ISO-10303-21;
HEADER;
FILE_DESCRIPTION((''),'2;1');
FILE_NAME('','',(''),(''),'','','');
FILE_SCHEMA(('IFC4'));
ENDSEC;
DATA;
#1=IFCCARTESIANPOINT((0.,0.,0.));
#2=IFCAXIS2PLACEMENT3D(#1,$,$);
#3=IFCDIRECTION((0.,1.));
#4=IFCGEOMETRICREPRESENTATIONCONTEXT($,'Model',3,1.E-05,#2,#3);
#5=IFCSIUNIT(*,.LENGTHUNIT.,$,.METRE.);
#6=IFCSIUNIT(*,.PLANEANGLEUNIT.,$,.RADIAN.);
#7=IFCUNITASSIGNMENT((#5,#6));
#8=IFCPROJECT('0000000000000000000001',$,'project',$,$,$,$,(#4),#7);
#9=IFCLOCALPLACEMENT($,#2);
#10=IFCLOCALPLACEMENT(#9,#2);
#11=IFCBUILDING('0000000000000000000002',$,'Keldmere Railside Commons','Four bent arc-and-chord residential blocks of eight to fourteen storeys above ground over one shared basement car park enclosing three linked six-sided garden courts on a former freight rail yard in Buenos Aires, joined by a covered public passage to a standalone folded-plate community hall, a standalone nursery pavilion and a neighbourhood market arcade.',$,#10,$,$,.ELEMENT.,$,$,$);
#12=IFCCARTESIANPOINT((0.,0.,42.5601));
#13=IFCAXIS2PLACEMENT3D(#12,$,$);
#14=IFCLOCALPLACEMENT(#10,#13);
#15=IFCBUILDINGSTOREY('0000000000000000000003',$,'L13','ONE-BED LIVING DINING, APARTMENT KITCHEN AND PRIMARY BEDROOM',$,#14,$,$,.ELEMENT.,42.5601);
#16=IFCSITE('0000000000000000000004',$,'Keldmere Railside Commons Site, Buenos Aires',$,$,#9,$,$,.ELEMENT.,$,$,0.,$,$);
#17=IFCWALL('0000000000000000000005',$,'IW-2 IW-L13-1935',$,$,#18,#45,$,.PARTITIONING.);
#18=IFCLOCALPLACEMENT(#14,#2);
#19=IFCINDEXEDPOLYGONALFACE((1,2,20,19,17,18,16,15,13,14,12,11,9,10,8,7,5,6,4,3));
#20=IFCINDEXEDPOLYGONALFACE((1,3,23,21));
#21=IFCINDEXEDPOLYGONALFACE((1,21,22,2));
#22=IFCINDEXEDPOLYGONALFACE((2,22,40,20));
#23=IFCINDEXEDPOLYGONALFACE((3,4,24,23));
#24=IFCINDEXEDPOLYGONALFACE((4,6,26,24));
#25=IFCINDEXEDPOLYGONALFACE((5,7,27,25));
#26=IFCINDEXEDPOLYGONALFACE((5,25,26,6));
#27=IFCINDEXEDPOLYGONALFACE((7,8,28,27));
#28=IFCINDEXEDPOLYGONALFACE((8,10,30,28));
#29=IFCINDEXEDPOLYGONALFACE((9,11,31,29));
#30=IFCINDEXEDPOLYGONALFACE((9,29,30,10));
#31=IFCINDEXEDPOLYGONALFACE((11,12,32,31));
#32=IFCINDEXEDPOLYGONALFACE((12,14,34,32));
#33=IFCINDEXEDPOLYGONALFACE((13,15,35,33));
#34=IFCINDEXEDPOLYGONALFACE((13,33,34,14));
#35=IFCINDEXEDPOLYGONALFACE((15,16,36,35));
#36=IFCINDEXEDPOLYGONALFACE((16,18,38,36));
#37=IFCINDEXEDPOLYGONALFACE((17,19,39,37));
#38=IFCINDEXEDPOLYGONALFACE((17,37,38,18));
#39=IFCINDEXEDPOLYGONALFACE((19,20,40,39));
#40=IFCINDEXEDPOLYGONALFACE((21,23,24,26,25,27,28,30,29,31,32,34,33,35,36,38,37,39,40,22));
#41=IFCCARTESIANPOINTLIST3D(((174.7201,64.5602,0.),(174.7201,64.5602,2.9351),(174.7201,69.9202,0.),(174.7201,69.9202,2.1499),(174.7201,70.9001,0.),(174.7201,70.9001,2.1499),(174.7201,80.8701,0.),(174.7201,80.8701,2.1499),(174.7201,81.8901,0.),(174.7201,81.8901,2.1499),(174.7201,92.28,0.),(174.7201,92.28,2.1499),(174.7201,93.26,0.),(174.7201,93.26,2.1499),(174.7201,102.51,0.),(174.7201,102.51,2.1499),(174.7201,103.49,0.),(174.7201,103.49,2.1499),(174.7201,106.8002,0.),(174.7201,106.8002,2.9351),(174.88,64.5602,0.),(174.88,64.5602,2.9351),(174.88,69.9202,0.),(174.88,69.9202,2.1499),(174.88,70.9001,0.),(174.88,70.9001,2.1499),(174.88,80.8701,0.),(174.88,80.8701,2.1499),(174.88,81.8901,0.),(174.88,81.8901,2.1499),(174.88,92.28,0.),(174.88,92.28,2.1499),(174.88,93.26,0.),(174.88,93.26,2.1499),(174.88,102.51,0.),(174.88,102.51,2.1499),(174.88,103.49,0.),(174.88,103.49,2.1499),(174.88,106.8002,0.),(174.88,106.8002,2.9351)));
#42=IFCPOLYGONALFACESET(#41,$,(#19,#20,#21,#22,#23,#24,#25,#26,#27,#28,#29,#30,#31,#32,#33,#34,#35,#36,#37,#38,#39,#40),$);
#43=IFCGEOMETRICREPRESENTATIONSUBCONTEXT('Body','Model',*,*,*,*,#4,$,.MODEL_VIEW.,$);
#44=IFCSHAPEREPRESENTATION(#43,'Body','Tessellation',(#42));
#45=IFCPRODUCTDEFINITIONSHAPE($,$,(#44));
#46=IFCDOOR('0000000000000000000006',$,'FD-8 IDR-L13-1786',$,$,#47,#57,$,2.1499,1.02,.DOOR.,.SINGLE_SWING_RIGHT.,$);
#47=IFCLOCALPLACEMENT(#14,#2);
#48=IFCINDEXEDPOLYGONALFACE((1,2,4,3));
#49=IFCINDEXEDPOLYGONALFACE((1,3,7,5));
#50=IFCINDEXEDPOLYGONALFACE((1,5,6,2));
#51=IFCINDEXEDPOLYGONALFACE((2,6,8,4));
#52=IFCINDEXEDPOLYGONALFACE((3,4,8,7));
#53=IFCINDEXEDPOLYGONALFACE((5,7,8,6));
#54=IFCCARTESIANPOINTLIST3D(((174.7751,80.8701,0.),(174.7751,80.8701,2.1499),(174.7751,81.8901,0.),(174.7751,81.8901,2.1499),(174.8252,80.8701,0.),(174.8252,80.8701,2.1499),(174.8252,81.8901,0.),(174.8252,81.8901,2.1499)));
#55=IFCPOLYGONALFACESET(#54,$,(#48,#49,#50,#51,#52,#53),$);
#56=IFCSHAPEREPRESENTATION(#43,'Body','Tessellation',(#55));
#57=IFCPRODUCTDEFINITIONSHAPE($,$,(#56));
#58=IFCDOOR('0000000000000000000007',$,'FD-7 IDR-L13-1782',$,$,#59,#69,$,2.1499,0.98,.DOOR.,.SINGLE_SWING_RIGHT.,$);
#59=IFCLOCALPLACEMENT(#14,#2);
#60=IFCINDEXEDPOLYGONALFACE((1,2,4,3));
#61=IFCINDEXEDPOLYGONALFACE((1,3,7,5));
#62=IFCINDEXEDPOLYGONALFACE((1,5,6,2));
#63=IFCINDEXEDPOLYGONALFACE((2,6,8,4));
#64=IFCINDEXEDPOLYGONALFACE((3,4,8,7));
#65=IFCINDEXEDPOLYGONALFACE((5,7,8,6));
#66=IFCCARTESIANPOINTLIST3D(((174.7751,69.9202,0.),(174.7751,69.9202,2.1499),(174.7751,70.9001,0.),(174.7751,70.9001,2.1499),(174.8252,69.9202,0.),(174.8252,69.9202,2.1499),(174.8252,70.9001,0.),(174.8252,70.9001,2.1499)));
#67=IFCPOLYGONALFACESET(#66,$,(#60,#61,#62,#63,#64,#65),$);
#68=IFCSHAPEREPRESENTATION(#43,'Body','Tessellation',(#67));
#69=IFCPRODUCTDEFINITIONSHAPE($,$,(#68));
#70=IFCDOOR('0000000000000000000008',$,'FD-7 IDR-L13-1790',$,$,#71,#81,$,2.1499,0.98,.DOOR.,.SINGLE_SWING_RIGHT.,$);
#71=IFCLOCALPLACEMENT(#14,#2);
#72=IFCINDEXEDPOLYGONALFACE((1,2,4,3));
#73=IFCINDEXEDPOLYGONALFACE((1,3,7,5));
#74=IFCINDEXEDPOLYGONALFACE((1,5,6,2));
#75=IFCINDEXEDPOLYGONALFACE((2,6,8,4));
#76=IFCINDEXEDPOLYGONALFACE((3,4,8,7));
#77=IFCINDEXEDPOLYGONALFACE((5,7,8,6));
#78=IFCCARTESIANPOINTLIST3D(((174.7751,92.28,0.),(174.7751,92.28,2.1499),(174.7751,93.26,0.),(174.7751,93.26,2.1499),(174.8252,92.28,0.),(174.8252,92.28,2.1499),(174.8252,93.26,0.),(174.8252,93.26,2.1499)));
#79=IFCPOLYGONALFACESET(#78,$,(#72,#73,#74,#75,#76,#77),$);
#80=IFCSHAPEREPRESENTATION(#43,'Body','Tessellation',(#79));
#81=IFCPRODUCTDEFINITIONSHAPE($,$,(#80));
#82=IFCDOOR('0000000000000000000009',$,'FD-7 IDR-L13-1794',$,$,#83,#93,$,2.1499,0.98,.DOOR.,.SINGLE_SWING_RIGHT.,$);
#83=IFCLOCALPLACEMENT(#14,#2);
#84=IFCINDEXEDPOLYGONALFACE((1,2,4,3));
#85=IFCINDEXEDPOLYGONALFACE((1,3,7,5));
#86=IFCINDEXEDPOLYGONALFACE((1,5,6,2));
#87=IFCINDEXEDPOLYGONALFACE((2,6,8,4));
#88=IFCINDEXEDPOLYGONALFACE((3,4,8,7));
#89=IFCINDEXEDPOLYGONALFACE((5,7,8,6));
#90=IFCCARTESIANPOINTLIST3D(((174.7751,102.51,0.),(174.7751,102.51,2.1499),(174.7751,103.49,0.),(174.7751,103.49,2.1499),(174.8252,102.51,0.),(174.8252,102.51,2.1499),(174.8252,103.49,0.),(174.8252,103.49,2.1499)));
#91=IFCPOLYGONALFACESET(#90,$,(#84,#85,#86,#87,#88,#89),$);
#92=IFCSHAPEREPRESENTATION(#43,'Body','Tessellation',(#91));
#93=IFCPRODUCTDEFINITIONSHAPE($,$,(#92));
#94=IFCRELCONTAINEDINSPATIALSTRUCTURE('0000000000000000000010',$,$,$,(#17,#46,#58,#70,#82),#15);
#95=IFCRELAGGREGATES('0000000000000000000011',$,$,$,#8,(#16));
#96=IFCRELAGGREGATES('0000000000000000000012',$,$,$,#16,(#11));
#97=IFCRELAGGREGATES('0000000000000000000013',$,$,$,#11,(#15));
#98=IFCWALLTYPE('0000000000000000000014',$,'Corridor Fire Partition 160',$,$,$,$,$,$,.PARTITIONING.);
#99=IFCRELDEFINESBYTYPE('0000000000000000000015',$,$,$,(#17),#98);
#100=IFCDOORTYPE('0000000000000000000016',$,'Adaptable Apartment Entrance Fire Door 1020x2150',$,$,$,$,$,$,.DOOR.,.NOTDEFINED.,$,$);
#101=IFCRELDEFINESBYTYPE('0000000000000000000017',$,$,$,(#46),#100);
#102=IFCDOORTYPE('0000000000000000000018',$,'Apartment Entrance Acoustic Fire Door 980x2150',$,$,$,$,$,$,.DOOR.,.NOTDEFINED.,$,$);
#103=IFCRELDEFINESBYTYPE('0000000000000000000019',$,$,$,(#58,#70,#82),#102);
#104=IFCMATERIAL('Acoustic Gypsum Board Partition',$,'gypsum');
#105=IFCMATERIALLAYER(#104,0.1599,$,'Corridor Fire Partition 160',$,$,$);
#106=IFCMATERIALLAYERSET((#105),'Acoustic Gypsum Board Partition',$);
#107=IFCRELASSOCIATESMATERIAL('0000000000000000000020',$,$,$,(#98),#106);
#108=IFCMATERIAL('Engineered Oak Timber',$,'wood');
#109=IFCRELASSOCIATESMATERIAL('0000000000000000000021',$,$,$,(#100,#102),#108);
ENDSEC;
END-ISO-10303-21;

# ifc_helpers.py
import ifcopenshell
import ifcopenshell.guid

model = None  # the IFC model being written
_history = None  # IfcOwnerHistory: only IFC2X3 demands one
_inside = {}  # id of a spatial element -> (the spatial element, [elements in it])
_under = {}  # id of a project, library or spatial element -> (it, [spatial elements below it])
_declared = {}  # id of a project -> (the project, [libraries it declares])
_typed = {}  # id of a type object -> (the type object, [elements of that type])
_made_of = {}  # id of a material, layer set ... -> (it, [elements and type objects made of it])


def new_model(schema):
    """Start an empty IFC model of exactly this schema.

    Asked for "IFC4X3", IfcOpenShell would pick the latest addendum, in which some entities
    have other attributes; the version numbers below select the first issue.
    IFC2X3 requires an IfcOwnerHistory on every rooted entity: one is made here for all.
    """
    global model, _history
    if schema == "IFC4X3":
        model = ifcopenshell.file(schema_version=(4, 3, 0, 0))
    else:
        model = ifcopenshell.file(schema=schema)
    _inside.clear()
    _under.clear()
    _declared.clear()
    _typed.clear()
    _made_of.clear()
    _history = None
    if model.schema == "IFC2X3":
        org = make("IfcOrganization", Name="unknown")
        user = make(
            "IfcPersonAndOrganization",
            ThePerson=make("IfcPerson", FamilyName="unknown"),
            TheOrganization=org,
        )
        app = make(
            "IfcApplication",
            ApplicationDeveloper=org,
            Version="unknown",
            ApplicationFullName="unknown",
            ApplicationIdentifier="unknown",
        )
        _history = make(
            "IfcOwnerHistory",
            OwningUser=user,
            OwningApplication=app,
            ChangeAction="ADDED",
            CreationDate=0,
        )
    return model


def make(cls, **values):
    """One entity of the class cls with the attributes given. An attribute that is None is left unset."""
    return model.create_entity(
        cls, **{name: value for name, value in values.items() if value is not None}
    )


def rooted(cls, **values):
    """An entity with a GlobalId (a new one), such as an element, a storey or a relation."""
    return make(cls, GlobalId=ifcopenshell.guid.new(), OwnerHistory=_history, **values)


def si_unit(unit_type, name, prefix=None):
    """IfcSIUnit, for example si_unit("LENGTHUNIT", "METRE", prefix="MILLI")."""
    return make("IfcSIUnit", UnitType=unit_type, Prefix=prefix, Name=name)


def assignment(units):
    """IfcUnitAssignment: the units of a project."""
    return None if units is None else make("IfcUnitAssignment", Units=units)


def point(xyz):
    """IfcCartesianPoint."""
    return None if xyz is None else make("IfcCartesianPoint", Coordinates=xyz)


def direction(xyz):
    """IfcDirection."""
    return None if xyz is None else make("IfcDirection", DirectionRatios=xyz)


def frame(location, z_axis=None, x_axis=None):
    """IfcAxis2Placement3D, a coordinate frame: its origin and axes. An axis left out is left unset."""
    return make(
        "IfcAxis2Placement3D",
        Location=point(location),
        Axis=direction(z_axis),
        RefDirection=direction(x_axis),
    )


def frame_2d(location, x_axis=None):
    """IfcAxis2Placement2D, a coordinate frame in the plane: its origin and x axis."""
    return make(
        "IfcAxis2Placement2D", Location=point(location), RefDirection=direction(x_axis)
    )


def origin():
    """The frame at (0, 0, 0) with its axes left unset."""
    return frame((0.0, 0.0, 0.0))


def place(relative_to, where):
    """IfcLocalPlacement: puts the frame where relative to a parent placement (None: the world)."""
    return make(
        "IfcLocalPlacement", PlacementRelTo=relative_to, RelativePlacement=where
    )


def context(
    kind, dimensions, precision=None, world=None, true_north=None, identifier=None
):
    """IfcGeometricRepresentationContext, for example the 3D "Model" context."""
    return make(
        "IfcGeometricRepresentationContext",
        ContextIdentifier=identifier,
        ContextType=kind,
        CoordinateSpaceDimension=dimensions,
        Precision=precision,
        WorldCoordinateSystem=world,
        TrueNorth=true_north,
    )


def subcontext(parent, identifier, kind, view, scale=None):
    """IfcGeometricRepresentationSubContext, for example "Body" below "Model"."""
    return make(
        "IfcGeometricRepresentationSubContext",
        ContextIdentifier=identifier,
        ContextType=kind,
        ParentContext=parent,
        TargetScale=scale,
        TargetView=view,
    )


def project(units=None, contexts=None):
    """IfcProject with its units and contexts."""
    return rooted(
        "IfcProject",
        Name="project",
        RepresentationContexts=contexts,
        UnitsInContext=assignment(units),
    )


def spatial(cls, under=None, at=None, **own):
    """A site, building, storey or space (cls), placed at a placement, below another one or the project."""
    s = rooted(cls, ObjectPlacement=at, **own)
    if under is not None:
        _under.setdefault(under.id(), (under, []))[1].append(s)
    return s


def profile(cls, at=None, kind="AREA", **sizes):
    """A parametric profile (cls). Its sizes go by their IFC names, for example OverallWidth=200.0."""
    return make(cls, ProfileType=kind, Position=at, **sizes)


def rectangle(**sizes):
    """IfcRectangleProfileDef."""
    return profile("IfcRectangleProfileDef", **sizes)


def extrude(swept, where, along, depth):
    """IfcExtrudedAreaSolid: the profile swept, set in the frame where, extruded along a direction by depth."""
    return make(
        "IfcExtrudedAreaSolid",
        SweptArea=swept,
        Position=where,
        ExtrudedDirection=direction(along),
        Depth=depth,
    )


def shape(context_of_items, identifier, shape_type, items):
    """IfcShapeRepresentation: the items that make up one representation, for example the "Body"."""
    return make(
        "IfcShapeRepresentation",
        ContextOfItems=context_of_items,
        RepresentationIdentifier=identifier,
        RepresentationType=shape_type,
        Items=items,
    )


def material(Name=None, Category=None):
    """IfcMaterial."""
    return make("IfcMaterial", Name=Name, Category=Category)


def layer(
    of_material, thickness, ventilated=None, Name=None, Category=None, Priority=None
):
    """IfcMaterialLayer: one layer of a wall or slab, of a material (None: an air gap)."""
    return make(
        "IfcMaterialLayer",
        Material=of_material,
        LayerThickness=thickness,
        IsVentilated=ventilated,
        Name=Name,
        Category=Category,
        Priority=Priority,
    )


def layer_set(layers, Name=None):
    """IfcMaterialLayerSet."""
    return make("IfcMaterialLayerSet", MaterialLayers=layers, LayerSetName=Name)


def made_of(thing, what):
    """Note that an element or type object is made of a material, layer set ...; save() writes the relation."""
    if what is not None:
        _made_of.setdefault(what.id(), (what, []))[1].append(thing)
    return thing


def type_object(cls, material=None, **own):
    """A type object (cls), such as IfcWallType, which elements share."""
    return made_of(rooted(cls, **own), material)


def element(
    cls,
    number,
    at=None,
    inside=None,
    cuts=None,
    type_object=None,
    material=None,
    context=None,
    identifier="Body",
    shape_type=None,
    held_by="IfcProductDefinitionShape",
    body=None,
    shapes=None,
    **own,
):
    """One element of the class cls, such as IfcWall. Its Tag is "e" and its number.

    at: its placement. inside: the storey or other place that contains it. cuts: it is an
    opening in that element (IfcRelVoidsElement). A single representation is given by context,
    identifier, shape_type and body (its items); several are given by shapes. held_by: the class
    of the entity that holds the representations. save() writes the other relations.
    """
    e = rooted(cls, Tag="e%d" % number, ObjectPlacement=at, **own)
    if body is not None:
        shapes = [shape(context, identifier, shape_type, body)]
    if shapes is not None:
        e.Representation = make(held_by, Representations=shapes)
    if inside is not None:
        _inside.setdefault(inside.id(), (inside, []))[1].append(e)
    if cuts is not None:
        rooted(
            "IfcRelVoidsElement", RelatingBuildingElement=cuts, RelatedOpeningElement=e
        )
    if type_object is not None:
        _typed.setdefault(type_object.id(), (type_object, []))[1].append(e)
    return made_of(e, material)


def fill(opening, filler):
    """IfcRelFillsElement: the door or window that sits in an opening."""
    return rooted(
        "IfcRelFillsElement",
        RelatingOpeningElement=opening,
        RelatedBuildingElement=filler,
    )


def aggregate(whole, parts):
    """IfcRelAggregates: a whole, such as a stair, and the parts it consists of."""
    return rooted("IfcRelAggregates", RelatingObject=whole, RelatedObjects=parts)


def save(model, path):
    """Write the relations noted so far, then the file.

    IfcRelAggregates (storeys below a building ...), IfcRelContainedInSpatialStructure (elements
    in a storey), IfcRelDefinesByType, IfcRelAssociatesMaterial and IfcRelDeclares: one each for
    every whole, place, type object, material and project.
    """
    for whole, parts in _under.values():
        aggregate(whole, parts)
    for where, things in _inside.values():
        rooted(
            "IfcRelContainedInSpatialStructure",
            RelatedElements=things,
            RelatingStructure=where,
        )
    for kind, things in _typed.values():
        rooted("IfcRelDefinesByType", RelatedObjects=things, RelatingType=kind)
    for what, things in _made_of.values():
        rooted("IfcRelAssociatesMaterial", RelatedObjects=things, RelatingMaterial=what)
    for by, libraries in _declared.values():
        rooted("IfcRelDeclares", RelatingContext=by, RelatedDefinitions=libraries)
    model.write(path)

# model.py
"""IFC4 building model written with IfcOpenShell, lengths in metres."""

from ifc_helpers import new_model, si_unit, direction, frame, frame_2d, origin, place, context, subcontext, project, spatial, rectangle, extrude, material, layer, layer_set, type_object, element, fill, save


model = new_model("IFC4")

# Units and contexts
model_context = context("Model", 3, precision=1e-05, world=origin(), true_north=direction((0.0, 1.0)))
body_context = subcontext(model_context, "Body", "Model", "MODEL_VIEW")
ifc_project = project(units=[si_unit("LENGTHUNIT", "METRE"), si_unit("PLANEANGLEUNIT", "RADIAN")], contexts=[model_context])

# Site, building, storey
site_placement = place(None, origin())
site = spatial("IfcSite", under=ifc_project, at=site_placement, Name="Keldmere Railside Commons Site, Buenos Aires", CompositionType="ELEMENT", RefElevation=0.0)
building_placement = place(site_placement, origin())
building = spatial("IfcBuilding", under=site, at=building_placement, Name="Keldmere Railside Commons", Description="Four bent arc-and-chord residential blocks of eight to fourteen storeys above ground over one shared basement car park enclosing three linked six-sided garden courts on a former freight rail yard in Buenos Aires, joined by a covered public passage to a standalone folded-plate community hall, a standalone nursery pavilion and a neighbourhood market arcade.", CompositionType="ELEMENT")
storey_placement = place(building_placement, frame((0.0, 0.0, 42.5601)))
storey = spatial("IfcBuildingStorey", under=building, at=storey_placement, Name="L13", Description="ONE-BED LIVING DINING, APARTMENT KITCHEN AND PRIMARY BEDROOM", CompositionType="ELEMENT", Elevation=42.5601)

# Shared definitions
ifc_material_1 = material(Name="Acoustic Gypsum Board Partition", Category="gypsum")
ifc_material_2 = material(Name="Engineered Oak Timber", Category="wood")

# Wall, openings, doors
ifc_layer_1 = layer(ifc_material_1, 0.1599, Name="Corridor Fire Partition 160")
ifc_layer_set_1 = layer_set([ifc_layer_1], Name="Acoustic Gypsum Board Partition")
wall_type_1 = type_object("IfcWallType", Name="Corridor Fire Partition 160", PredefinedType="PARTITIONING", material=ifc_layer_set_1)
wall_1_placement = place(storey_placement, frame((174.8, 64.5601, 0.0), z_axis=(0.0, 0.0, 1.0), x_axis=(0.0, 1.0, 0.0)))
wall_1 = element("IfcWall", 1, at=wall_1_placement, inside=storey, type_object=wall_type_1, Name="IW-2 IW-L13-1935", PredefinedType="PARTITIONING", context=body_context, shape_type="SweptSolid", body=[
    extrude(rectangle(XDim=42.24, YDim=0.1599, at=frame_2d((21.1201, 0.0))), origin(), (0.0, 0.0, 1.0), 2.9351),
])
opening_1_placement = place(wall_1_placement, frame((5.3601, 0.0, 0.0)))
opening_1 = element("IfcOpeningElement", 2, at=opening_1_placement, cuts=wall_1, PredefinedType="OPENING", context=body_context, shape_type="SweptSolid", body=[
    extrude(rectangle(XDim=0.98, YDim=2.1499, at=frame_2d((0.49, 1.075))), frame((0.0, 0.0898, 0.0), z_axis=(0.0, -1.0, 0.0), x_axis=(1.0, 0.0, 0.0)), (0.0, 0.0, 1.0), 0.1799),
])
opening_2_placement = place(wall_1_placement, frame((16.3101, 0.0, 0.0)))
opening_2 = element("IfcOpeningElement", 3, at=opening_2_placement, cuts=wall_1, PredefinedType="OPENING", context=body_context, shape_type="SweptSolid", body=[
    extrude(rectangle(XDim=1.02, YDim=2.1499, at=frame_2d((0.51, 1.075))), frame((0.0, 0.0898, 0.0), z_axis=(0.0, -1.0, 0.0), x_axis=(1.0, 0.0, 0.0)), (0.0, 0.0, 1.0), 0.1799),
])
opening_3_placement = place(wall_1_placement, frame((27.72, 0.0, 0.0)))
opening_3 = element("IfcOpeningElement", 4, at=opening_3_placement, cuts=wall_1, PredefinedType="OPENING", context=body_context, shape_type="SweptSolid", body=[
    extrude(rectangle(XDim=0.98, YDim=2.1499, at=frame_2d((0.49, 1.075))), frame((0.0, 0.0898, 0.0), z_axis=(0.0, -1.0, 0.0), x_axis=(1.0, 0.0, 0.0)), (0.0, 0.0, 1.0), 0.1799),
])
opening_4_placement = place(wall_1_placement, frame((37.95, 0.0, 0.0)))
opening_4 = element("IfcOpeningElement", 5, at=opening_4_placement, cuts=wall_1, PredefinedType="OPENING", context=body_context, shape_type="SweptSolid", body=[
    extrude(rectangle(XDim=0.98, YDim=2.1499, at=frame_2d((0.49, 1.075))), frame((0.0, 0.0898, 0.0), z_axis=(0.0, -1.0, 0.0), x_axis=(1.0, 0.0, 0.0)), (0.0, 0.0, 1.0), 0.1799),
])
door_type_1 = type_object("IfcDoorType", Name="Adaptable Apartment Entrance Fire Door 1020x2150", OperationType="NOTDEFINED", PredefinedType="DOOR", material=ifc_material_2)
door_1_placement = place(opening_2_placement, origin())
door_1 = element("IfcDoor", 6, at=door_1_placement, inside=storey, type_object=door_type_1, Name="FD-8 IDR-L13-1786", OperationType="SINGLE_SWING_RIGHT", OverallHeight=2.1499, OverallWidth=1.02, PredefinedType="DOOR", context=body_context, shape_type="SweptSolid", body=[
    extrude(rectangle(XDim=1.02, YDim=2.1499, at=frame_2d((0.51, 1.075))), frame((0.0, 0.0249, 0.0), z_axis=(0.0, -1.0, 0.0), x_axis=(1.0, 0.0, 0.0)), (0.0, 0.0, 1.0), 0.05),
])
fill(opening_2, door_1)
door_type_2 = type_object("IfcDoorType", Name="Apartment Entrance Acoustic Fire Door 980x2150", OperationType="NOTDEFINED", PredefinedType="DOOR", material=ifc_material_2)
door_2_placement = place(opening_1_placement, origin())
door_2 = element("IfcDoor", 7, at=door_2_placement, inside=storey, type_object=door_type_2, Name="FD-7 IDR-L13-1782", OperationType="SINGLE_SWING_RIGHT", OverallHeight=2.1499, OverallWidth=0.98, PredefinedType="DOOR", context=body_context, shape_type="SweptSolid", body=[
    extrude(rectangle(XDim=0.98, YDim=2.1499, at=frame_2d((0.49, 1.075))), frame((0.0, 0.0249, 0.0), z_axis=(0.0, -1.0, 0.0), x_axis=(1.0, 0.0, 0.0)), (0.0, 0.0, 1.0), 0.05),
])
fill(opening_1, door_2)
door_3_placement = place(opening_3_placement, origin())
door_3 = element("IfcDoor", 8, at=door_3_placement, inside=storey, type_object=door_type_2, Name="FD-7 IDR-L13-1790", OperationType="SINGLE_SWING_RIGHT", OverallHeight=2.1499, OverallWidth=0.98, PredefinedType="DOOR", context=body_context, shape_type="SweptSolid", body=[
    extrude(rectangle(XDim=0.98, YDim=2.1499, at=frame_2d((0.49, 1.075))), frame((0.0, 0.0249, 0.0), z_axis=(0.0, -1.0, 0.0), x_axis=(1.0, 0.0, 0.0)), (0.0, 0.0, 1.0), 0.05),
])
fill(opening_3, door_3)
door_4_placement = place(opening_4_placement, origin())
door_4 = element("IfcDoor", 9, at=door_4_placement, inside=storey, type_object=door_type_2, Name="FD-7 IDR-L13-1794", OperationType="SINGLE_SWING_RIGHT", OverallHeight=2.1499, OverallWidth=0.98, PredefinedType="DOOR", context=body_context, shape_type="SweptSolid", body=[
    extrude(rectangle(XDim=0.98, YDim=2.1499, at=frame_2d((0.49, 1.075))), frame((0.0, 0.0249, 0.0), z_axis=(0.0, -1.0, 0.0), x_axis=(1.0, 0.0, 0.0)), (0.0, 0.0, 1.0), 0.05),
])
fill(opening_4, door_4)

save(model, "model.ifc")
